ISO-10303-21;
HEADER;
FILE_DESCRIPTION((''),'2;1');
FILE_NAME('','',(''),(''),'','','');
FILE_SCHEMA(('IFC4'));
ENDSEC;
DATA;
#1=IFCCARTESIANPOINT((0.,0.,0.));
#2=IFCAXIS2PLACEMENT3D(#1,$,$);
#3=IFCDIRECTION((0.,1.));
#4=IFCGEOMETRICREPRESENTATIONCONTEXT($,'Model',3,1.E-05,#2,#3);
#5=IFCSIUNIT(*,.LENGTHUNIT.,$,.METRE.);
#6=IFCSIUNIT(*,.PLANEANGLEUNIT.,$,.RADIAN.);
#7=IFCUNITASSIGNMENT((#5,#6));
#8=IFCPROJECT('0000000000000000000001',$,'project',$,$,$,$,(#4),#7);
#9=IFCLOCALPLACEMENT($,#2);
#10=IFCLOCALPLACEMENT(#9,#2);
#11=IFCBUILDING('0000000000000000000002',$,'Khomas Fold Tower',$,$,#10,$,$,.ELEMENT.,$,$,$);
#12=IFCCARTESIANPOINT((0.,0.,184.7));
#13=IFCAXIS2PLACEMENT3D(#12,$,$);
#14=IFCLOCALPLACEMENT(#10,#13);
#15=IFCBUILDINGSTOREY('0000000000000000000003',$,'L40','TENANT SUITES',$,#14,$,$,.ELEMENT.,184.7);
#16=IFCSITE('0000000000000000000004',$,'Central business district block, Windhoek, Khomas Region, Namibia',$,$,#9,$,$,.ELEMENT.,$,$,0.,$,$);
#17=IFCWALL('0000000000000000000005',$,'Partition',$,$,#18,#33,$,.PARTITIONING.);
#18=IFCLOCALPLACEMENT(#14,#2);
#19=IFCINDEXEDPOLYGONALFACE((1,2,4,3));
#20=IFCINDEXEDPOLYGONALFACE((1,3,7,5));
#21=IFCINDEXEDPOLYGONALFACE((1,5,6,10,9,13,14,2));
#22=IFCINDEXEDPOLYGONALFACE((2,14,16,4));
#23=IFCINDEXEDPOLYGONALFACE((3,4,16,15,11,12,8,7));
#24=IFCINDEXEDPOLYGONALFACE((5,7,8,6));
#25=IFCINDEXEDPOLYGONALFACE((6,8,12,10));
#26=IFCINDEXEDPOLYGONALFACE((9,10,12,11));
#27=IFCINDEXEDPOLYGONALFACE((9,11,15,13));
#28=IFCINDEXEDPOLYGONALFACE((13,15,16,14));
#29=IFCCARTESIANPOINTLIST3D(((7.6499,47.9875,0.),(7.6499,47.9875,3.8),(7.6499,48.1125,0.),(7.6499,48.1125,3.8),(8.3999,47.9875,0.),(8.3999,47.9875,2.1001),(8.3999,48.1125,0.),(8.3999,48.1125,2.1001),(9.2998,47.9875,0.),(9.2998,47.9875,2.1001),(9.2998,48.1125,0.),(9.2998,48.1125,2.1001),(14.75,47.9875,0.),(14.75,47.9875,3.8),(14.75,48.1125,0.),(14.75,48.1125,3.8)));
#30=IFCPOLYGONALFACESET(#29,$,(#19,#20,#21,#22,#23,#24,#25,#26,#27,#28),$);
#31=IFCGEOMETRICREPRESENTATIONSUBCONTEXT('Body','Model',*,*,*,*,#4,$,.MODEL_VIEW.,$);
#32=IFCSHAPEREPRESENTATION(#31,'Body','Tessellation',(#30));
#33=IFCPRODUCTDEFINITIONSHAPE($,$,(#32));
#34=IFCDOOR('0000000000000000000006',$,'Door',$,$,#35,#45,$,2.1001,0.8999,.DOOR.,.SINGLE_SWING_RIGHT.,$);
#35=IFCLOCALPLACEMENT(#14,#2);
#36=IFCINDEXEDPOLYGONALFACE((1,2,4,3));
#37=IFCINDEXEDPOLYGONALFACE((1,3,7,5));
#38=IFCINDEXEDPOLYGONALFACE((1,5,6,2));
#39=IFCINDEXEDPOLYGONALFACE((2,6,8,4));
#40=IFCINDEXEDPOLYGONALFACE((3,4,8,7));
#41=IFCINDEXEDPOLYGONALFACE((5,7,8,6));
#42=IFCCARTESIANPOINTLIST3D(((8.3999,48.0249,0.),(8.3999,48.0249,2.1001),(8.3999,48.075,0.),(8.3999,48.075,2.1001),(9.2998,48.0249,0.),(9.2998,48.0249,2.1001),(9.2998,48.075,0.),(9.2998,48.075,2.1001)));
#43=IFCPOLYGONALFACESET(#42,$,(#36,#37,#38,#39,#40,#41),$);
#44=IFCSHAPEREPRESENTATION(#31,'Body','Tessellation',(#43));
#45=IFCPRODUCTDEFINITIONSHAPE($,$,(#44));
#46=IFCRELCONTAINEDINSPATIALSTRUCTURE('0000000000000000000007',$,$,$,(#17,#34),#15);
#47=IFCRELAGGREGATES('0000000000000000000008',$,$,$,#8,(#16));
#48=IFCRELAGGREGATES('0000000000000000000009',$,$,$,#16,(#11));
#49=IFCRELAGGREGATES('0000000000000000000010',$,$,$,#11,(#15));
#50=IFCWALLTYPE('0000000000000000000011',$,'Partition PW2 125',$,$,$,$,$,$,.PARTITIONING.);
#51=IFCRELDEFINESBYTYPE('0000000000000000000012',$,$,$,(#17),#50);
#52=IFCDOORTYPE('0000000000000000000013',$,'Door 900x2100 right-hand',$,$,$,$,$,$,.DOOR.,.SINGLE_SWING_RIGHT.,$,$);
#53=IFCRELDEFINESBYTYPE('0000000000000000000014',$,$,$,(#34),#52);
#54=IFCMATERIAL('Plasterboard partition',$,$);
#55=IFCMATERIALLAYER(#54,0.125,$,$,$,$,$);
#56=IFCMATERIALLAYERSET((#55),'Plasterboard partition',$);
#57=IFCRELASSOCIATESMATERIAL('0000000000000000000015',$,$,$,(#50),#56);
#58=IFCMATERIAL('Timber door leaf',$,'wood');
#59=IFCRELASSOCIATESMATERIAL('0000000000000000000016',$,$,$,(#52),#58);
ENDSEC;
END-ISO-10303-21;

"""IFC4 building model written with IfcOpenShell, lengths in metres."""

from ifc_helpers import new_model, si_unit, direction, frame, frame_2d, origin, place, context, subcontext, project, spatial, rectangle, extrude, source, transform, mapped, material, layer, layer_set, type_object, element, fill, save


model = new_model("IFC4")

# Units and contexts
model_context = context("Model", 3, precision=1e-05, world=origin(), true_north=direction((0.0, 1.0)))
body_context = subcontext(model_context, "Body", "Model", "MODEL_VIEW")
ifc_project = project(units=[si_unit("LENGTHUNIT", "METRE"), si_unit("PLANEANGLEUNIT", "RADIAN")], contexts=[model_context])

# Site, building, storey
site_placement = place(None, origin())
site = spatial("IfcSite", under=ifc_project, at=site_placement, Name="Central business district block, Windhoek, Khomas Region, Namibia", CompositionType="ELEMENT", RefElevation=0.0)
building_placement = place(site_placement, origin())
building = spatial("IfcBuilding", under=site, at=building_placement, Name="Khomas Fold Tower", CompositionType="ELEMENT")
storey_placement = place(building_placement, frame((0.0, 0.0, 184.7)))
storey = spatial("IfcBuildingStorey", under=building, at=storey_placement, Name="L40", Description="TENANT SUITES", CompositionType="ELEMENT", Elevation=184.7)

# Shared definitions
ifc_material_1 = material(Name="Plasterboard partition")
ifc_layer_1 = layer(ifc_material_1, 0.125)
ifc_layer_set_1 = layer_set([ifc_layer_1], Name="Plasterboard partition")
wall_type_1 = type_object("IfcWallType", Name="Partition PW2 125", PredefinedType="PARTITIONING", material=ifc_layer_set_1)

# Wall, opening, door
shared_shape_1 = source(origin(), body_context, "Body", "SweptSolid", [
    extrude(rectangle(XDim=7.1001, YDim=0.125, at=frame_2d((3.55, 0.0))), origin(), (0.0, 0.0, 1.0), 3.8),
])
wall_1_placement = place(storey_placement, frame((7.6499, 48.05, 0.0), z_axis=(0.0, 0.0, 1.0), x_axis=(1.0, 0.0, 0.0)))
wall_1 = element("IfcWall", 1, at=wall_1_placement, inside=storey, type_object=wall_type_1, Name="Partition", PredefinedType="PARTITIONING", context=body_context, shape_type="MappedRepresentation", body=[
    mapped(shared_shape_1, transform((0.0, 0.0, 0.0))),
])
shared_shape_2 = source(origin(), body_context, "Body", "SweptSolid", [
    extrude(rectangle(XDim=0.8999, YDim=2.1001, at=frame_2d((0.45, 1.05))), frame((0.0, 0.0725, 0.0), z_axis=(0.0, -1.0, 0.0), x_axis=(1.0, 0.0, 0.0)), (0.0, 0.0, 1.0), 0.145),
])
opening_placement = place(wall_1_placement, frame((0.75, 0.0, 0.0)))
opening = element("IfcOpeningElement", 2, at=opening_placement, cuts=wall_1, PredefinedType="OPENING", context=body_context, shape_type="MappedRepresentation", body=[
    mapped(shared_shape_2, transform((0.0, 0.0, 0.0))),
])
ifc_material_2 = material(Name="Timber door leaf", Category="wood")
door_type = type_object("IfcDoorType", Name="Door 900x2100 right-hand", OperationType="SINGLE_SWING_RIGHT", PredefinedType="DOOR", material=ifc_material_2)
shared_shape_3 = source(origin(), body_context, "Body", "SweptSolid", [
    extrude(rectangle(XDim=0.8999, YDim=2.1001, at=frame_2d((0.45, 1.05))), frame((0.0, 0.0249, 0.0), z_axis=(0.0, -1.0, 0.0), x_axis=(1.0, 0.0, 0.0)), (0.0, 0.0, 1.0), 0.05),
])
door_placement = place(opening_placement, origin())
door = element("IfcDoor", 3, at=door_placement, inside=storey, type_object=door_type, Name="Door", OperationType="SINGLE_SWING_RIGHT", OverallHeight=2.1001, OverallWidth=0.8999, PredefinedType="DOOR", context=body_context, shape_type="MappedRepresentation", body=[
    mapped(shared_shape_3, transform((0.0, 0.0, 0.0))),
])
fill(opening, door)

save(model, "model.ifc")
